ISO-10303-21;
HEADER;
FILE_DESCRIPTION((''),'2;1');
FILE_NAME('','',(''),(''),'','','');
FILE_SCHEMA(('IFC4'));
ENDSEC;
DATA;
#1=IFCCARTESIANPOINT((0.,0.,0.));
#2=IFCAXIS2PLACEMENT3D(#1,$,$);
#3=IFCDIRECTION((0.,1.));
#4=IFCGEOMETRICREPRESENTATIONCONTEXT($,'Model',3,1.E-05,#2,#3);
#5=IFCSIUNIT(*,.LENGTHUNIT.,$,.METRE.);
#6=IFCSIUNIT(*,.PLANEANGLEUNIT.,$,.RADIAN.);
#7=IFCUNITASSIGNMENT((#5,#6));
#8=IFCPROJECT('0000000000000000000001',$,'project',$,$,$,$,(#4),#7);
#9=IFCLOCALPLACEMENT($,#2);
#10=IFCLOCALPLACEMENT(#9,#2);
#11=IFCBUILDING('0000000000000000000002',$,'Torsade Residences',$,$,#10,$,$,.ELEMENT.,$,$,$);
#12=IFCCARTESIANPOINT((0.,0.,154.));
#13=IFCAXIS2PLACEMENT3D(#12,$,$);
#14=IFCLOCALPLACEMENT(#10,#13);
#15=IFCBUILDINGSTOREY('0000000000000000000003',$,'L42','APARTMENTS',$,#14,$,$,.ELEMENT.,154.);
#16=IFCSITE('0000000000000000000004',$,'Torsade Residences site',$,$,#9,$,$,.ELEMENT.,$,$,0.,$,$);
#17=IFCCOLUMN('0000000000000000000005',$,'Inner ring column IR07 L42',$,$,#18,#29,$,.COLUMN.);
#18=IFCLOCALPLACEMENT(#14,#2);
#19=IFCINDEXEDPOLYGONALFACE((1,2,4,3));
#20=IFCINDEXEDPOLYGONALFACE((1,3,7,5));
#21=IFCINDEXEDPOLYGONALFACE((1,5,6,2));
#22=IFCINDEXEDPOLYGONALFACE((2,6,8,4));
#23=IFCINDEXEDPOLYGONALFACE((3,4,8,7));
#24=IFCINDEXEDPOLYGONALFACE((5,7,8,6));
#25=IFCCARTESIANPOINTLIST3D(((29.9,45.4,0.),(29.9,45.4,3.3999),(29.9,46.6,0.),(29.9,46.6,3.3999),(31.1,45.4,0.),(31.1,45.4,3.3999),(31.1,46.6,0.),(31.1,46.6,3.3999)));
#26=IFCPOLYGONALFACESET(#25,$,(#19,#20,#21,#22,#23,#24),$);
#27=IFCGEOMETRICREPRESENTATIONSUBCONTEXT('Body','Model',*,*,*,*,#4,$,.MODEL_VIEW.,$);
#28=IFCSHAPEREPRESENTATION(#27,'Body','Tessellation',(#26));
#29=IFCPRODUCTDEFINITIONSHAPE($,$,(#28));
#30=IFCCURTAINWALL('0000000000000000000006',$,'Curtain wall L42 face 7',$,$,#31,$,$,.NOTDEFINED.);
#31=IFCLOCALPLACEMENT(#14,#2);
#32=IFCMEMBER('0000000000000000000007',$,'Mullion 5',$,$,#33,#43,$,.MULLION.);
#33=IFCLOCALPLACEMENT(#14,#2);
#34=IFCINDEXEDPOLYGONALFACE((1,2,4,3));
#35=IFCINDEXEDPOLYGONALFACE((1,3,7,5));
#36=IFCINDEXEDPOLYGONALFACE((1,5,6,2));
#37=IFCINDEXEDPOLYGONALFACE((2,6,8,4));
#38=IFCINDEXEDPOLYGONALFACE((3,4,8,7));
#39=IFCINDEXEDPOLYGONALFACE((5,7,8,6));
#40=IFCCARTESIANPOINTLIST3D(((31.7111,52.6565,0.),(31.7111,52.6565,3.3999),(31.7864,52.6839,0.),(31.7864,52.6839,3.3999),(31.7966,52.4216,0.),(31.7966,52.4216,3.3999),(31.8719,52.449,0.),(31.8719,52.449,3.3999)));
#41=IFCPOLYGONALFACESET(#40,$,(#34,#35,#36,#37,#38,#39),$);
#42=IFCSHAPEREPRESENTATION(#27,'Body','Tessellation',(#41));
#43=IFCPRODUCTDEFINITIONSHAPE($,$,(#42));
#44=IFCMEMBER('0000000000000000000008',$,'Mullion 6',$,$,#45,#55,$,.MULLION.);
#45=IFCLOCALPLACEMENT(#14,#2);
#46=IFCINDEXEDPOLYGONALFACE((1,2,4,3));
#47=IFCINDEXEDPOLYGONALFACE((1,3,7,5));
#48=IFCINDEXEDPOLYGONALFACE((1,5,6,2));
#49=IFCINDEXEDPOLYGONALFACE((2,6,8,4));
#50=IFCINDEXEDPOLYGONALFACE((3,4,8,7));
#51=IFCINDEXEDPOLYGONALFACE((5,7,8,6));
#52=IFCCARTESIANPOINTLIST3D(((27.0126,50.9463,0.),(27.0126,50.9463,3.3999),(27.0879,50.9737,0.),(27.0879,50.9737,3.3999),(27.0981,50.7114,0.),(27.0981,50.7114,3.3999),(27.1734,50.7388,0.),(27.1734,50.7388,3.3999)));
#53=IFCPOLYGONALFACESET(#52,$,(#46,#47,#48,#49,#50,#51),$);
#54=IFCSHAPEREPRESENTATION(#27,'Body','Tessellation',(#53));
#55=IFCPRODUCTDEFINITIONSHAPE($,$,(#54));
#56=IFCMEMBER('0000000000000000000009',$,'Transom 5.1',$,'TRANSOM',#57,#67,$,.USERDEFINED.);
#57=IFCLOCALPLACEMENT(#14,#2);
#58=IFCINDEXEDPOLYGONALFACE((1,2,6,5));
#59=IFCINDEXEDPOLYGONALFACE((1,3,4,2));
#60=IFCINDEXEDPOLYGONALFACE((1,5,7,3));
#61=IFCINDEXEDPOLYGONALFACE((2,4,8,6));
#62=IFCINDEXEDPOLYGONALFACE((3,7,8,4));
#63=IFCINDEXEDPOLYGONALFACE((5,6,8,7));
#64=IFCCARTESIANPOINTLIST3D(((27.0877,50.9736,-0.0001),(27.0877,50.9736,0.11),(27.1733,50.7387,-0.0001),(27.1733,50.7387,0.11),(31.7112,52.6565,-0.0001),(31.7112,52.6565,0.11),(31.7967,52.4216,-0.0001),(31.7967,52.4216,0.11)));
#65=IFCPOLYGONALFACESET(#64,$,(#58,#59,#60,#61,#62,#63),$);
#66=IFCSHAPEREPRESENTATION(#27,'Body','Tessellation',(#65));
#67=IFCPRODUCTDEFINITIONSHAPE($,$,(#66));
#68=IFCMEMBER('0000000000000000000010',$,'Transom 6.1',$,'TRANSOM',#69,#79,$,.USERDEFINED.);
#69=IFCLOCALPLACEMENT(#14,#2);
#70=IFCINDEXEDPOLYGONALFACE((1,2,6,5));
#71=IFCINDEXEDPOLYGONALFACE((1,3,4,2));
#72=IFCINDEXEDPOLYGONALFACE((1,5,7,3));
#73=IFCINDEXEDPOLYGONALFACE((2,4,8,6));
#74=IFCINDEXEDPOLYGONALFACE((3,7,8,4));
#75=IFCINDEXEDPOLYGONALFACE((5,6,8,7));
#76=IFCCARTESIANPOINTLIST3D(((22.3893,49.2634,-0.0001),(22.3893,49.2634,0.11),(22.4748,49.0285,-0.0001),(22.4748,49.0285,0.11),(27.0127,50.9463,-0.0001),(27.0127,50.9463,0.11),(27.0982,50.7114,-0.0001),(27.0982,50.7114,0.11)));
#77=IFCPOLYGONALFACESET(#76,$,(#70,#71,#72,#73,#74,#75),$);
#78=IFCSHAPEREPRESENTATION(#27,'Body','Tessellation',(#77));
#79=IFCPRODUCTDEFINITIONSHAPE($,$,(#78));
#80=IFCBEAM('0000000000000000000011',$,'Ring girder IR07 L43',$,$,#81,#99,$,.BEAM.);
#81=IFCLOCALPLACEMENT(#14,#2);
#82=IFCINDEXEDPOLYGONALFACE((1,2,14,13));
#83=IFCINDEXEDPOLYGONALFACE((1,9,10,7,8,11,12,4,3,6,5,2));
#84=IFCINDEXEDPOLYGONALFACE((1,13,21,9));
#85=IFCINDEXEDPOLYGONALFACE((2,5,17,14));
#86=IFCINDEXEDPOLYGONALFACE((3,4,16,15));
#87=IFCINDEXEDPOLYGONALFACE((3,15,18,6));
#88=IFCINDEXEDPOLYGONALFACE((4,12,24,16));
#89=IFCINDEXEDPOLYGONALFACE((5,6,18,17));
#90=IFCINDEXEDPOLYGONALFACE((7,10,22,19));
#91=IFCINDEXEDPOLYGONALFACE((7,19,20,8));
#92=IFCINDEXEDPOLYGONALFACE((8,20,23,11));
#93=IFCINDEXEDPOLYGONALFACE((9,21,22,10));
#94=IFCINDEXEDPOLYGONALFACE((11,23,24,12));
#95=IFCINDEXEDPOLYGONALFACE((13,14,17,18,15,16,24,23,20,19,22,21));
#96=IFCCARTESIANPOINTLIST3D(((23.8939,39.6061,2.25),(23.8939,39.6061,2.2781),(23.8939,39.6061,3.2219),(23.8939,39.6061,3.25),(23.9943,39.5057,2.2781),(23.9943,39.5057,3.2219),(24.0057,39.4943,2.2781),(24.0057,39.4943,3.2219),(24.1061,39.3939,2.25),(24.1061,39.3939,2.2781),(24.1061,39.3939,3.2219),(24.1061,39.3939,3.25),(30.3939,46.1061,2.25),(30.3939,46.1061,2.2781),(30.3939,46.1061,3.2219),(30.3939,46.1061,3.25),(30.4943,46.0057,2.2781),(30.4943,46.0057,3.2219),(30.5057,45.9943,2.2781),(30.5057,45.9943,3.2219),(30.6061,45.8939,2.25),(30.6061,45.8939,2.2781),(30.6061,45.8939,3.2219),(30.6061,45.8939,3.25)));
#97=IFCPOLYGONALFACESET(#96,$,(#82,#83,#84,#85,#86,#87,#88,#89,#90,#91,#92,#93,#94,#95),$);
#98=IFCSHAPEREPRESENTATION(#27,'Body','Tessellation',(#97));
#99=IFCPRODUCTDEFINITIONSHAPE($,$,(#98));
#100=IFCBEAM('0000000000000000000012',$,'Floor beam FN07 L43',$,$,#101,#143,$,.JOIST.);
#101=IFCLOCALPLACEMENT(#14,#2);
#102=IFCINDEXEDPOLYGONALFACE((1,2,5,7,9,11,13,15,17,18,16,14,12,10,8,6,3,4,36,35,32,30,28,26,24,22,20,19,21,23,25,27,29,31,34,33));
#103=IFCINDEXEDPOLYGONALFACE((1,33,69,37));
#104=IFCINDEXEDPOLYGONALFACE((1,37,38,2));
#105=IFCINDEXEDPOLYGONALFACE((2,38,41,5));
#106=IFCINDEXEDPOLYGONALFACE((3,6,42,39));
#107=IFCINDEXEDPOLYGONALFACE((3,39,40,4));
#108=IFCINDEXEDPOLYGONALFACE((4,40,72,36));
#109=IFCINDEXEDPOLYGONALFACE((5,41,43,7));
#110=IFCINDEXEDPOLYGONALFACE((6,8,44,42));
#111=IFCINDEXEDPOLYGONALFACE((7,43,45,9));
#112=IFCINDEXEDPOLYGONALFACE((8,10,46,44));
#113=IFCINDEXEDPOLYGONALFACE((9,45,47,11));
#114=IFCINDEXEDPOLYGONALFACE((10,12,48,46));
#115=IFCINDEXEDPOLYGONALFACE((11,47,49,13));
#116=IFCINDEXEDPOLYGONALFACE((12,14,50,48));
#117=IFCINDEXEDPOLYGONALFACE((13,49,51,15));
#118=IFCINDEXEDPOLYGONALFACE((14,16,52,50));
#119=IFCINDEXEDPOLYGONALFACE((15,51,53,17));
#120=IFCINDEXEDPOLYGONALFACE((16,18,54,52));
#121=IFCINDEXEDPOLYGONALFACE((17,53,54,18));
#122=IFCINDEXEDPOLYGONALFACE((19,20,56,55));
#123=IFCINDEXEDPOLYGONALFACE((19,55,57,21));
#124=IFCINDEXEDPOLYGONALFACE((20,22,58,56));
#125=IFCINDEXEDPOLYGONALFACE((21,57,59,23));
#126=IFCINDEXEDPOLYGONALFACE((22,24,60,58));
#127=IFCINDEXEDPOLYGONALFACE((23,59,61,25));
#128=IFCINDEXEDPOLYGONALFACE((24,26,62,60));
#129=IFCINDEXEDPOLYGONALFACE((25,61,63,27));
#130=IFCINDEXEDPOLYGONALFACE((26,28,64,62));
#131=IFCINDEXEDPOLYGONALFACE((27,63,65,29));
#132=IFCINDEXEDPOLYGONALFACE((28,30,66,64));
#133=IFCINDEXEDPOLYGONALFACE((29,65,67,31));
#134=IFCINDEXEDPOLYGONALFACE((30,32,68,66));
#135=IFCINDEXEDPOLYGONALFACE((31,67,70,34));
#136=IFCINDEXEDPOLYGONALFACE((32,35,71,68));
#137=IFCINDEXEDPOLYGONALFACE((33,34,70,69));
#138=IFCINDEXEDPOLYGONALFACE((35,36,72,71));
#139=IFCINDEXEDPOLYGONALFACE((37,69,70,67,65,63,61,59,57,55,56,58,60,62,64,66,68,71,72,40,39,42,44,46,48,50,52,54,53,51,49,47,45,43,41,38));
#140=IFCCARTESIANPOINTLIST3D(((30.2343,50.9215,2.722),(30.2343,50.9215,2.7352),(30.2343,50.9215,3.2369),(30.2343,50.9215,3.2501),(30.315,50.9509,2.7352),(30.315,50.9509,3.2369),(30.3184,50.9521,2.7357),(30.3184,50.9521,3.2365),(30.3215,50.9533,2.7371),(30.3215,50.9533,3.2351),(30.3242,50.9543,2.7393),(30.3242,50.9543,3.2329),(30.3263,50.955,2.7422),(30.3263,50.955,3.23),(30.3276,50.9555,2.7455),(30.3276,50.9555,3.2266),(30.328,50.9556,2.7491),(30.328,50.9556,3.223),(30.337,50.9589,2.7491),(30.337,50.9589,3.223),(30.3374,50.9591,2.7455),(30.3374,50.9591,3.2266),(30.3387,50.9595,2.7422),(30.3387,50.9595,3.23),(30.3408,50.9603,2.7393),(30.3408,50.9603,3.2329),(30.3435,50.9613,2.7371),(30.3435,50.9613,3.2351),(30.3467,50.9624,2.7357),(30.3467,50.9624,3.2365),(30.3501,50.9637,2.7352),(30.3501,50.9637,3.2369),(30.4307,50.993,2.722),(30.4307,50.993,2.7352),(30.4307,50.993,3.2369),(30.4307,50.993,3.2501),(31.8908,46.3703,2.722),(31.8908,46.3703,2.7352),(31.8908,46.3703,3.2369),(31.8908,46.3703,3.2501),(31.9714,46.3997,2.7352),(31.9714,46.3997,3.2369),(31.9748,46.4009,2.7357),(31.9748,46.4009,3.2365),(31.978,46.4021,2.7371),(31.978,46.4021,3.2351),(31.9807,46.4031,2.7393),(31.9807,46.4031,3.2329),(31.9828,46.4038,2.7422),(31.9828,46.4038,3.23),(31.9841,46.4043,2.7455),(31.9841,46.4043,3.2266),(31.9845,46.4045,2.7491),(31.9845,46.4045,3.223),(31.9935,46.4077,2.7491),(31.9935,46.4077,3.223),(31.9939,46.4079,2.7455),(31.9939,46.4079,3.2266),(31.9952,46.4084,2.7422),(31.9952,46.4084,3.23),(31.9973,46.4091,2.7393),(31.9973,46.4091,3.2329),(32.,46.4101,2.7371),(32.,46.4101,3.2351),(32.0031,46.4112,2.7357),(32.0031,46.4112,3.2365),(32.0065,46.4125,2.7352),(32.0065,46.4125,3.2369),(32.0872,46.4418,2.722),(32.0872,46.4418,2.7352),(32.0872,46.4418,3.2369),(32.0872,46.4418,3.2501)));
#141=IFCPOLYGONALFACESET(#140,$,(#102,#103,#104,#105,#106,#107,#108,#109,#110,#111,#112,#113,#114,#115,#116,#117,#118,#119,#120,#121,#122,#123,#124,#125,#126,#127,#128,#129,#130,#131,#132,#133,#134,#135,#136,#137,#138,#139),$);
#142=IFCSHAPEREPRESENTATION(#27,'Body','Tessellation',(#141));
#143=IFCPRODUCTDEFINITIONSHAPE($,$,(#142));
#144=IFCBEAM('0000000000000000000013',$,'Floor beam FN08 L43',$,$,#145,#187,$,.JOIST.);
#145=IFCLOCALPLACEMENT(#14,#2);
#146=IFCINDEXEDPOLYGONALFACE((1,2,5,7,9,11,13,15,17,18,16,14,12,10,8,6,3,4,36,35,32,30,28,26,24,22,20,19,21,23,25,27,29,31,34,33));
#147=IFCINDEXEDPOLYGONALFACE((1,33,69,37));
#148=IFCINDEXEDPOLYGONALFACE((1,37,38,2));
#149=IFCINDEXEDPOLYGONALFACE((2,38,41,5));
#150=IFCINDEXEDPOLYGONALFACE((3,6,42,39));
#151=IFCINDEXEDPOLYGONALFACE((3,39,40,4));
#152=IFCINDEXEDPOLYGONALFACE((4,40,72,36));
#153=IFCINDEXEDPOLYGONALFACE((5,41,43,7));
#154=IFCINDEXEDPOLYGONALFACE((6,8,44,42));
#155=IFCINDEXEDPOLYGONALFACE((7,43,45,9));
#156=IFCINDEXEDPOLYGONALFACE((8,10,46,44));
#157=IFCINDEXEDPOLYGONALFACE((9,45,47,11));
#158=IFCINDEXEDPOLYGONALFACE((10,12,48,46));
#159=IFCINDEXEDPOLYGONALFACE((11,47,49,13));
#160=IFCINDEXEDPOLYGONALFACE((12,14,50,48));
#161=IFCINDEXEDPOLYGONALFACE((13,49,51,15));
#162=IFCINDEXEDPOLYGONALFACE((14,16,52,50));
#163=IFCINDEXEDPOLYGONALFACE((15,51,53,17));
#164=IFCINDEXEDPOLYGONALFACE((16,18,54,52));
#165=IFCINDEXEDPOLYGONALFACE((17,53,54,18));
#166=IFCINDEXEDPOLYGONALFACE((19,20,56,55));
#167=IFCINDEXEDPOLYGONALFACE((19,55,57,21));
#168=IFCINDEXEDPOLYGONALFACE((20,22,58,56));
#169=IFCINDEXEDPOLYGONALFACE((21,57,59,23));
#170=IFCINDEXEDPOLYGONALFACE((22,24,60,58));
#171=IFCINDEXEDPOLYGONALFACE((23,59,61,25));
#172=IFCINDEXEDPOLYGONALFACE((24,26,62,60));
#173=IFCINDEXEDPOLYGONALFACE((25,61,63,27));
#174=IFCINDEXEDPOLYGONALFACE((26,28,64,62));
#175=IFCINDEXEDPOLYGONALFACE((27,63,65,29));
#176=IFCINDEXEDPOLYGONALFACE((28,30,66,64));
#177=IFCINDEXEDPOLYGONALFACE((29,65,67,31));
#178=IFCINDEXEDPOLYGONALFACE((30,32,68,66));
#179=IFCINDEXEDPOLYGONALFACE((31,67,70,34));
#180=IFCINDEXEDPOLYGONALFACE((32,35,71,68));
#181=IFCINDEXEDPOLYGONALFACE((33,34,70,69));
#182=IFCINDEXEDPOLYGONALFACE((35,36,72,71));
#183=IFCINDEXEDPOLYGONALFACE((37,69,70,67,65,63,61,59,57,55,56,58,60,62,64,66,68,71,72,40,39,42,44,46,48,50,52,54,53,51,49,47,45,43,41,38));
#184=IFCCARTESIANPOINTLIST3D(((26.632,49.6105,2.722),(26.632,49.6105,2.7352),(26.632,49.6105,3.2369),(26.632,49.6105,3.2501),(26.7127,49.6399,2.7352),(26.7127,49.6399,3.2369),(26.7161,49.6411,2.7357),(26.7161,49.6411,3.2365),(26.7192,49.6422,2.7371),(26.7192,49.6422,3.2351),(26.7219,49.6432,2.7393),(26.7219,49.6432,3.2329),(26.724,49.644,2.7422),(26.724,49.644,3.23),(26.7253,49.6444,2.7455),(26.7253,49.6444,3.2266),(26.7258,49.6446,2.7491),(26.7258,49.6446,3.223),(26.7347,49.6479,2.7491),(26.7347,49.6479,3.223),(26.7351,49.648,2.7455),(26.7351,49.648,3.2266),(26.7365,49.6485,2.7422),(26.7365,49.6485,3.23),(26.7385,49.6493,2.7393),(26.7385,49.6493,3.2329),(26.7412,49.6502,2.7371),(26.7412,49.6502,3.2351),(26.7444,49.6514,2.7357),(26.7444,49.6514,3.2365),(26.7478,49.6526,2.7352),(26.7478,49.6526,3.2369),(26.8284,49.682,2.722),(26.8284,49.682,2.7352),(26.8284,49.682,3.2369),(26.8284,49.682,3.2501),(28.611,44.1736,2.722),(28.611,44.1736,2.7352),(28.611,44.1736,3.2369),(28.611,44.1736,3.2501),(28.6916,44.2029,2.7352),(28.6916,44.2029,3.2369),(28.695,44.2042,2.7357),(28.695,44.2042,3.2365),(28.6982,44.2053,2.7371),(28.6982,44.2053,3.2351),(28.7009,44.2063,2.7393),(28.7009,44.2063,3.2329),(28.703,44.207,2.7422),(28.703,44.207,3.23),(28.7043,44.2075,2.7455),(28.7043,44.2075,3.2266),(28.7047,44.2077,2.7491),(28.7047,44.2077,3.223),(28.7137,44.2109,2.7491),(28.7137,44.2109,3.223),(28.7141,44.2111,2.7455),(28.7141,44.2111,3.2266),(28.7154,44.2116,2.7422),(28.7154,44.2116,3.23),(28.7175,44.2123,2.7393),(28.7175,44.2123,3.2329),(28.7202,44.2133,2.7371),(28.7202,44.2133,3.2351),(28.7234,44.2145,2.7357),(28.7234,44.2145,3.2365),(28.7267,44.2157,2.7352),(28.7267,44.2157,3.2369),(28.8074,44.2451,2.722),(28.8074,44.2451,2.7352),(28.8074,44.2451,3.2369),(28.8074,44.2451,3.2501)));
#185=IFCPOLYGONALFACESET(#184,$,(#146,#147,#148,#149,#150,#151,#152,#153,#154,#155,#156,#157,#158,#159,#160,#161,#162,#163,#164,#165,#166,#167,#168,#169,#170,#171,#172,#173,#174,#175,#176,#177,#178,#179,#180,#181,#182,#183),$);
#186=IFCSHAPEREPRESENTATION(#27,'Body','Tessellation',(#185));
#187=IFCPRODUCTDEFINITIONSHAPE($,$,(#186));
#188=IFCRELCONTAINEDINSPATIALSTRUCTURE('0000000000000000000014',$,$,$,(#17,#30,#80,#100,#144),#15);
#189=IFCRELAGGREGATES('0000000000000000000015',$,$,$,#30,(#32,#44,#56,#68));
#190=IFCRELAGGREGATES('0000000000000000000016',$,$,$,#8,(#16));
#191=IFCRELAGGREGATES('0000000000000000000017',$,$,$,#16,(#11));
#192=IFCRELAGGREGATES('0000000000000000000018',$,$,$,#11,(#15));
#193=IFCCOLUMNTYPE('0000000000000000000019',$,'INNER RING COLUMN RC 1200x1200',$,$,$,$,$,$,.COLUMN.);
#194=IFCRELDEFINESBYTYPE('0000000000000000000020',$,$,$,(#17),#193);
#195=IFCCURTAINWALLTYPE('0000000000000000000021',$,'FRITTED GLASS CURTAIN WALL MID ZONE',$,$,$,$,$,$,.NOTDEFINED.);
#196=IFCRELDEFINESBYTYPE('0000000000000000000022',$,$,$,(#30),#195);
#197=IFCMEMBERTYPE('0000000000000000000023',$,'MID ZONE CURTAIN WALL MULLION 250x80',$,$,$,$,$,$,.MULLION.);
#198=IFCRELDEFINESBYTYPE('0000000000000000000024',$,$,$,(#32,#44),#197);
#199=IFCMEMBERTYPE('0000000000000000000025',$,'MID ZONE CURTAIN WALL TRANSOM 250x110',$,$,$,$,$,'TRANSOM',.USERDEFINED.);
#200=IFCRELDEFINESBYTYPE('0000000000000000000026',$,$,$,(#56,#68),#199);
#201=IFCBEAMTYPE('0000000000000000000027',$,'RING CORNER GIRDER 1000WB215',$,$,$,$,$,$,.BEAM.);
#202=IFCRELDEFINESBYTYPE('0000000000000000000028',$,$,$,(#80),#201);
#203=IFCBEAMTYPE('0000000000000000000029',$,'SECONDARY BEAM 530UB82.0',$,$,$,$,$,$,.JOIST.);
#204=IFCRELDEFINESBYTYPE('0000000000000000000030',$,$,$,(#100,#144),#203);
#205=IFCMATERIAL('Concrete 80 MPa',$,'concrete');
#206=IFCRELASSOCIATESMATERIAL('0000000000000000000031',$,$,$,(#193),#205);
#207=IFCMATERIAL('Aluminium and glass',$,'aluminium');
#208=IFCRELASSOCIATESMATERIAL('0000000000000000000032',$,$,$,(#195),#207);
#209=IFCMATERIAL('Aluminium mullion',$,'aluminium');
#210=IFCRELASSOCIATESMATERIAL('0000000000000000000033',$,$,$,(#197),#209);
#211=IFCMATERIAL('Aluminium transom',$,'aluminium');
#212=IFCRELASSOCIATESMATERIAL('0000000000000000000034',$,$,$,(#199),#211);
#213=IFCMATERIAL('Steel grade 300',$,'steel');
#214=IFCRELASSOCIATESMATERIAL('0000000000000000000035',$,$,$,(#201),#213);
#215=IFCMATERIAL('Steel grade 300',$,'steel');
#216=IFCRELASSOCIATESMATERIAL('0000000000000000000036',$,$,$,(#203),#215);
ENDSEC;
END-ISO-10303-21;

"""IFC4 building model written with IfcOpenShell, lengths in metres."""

from ifc_helpers import new_model, si_unit, direction, frame, origin, origin_2d, place, context, subcontext, project, spatial, rectangle, i_section, extrude, material, material_profile, profile_set, type_object, element, aggregate, save


model = new_model("IFC4")

# Units and contexts
model_context = context("Model", 3, precision=1e-05, world=origin(), true_north=direction((0.0, 1.0)))
body_context = subcontext(model_context, "Body", "Model", "MODEL_VIEW")
ifc_project = project(units=[si_unit("LENGTHUNIT", "METRE"), si_unit("PLANEANGLEUNIT", "RADIAN")], contexts=[model_context])

# Site, building, storey
site_placement = place(None, origin())
site = spatial("IfcSite", under=ifc_project, at=site_placement, Name="Torsade Residences site", CompositionType="ELEMENT", RefElevation=0.0)
building_placement = place(site_placement, origin())
building = spatial("IfcBuilding", under=site, at=building_placement, Name="Torsade Residences", CompositionType="ELEMENT")
storey_placement = place(building_placement, frame((0.0, 0.0, 154.0)))
storey = spatial("IfcBuildingStorey", under=building, at=storey_placement, Name="L42", Description="APARTMENTS", CompositionType="ELEMENT", Elevation=154.0)

# Column
ifc_material_1 = material(Name="Concrete 80 MPa", Category="concrete")
ifc_material_profile_1 = material_profile(ifc_material_1, rectangle(XDim=1.2, YDim=1.2, at=origin_2d()), Name="RC 1200x1200")
ifc_profile_set_1 = profile_set([ifc_material_profile_1], Name="Concrete 80 MPa")
column_type = type_object("IfcColumnType", Name="INNER RING COLUMN RC 1200x1200", PredefinedType="COLUMN", material=ifc_profile_set_1)
column_placement = place(storey_placement, frame((30.5, 46.0, 0.0), z_axis=(0.0, 0.0, 1.0), x_axis=(1.0, 0.0, 0.0)))
element("IfcColumn", 1, at=column_placement, inside=storey, type_object=column_type, Name="Inner ring column IR07 L42", PredefinedType="COLUMN", context=body_context, shape_type="SweptSolid", body=[
    extrude(rectangle(XDim=1.2, YDim=1.2, at=origin_2d()), origin(), (0.0, 0.0, 1.0), 3.3999),
])

# Curtain wall, members
ifc_material_2 = material(Name="Aluminium and glass", Category="aluminium")
curtain_wall_type = type_object("IfcCurtainWallType", Name="FRITTED GLASS CURTAIN WALL MID ZONE", PredefinedType="NOTDEFINED", material=ifc_material_2)
curtain_wall_placement = place(storey_placement, origin())
curtain_wall = element("IfcCurtainWall", 2, at=curtain_wall_placement, inside=storey, type_object=curtain_wall_type, Name="Curtain wall L42 face 7", PredefinedType="NOTDEFINED")
ifc_material_3 = material(Name="Aluminium mullion", Category="aluminium")
ifc_material_profile_2 = material_profile(ifc_material_3, rectangle(XDim=0.25, YDim=0.0801, at=origin_2d()), Name="MID ZONE CURTAIN WALL MULLION 250x80")
ifc_profile_set_2 = profile_set([ifc_material_profile_2], Name="Aluminium mullion")
member_type_1 = type_object("IfcMemberType", Name="MID ZONE CURTAIN WALL MULLION 250x80", PredefinedType="MULLION", material=ifc_profile_set_2)
member_1_placement = place(storey_placement, frame((31.7915, 52.5527, 0.0), z_axis=(0.0, 0.0, 1.0), x_axis=(0.34202, -0.939693, 0.0)))
member_1 = element("IfcMember", 3, at=member_1_placement, type_object=member_type_1, Name="Mullion 5", PredefinedType="MULLION", context=body_context, shape_type="SweptSolid", body=[
    extrude(rectangle(XDim=0.25, YDim=0.0801, at=origin_2d()), origin(), (0.0, 0.0, 1.0), 3.3999),
])
member_2_placement = place(storey_placement, frame((27.093, 50.8425, 0.0), z_axis=(0.0, 0.0, 1.0), x_axis=(0.34202, -0.939693, 0.0)))
member_2 = element("IfcMember", 4, at=member_2_placement, type_object=member_type_1, Name="Mullion 6", PredefinedType="MULLION", context=body_context, shape_type="SweptSolid", body=[
    extrude(rectangle(XDim=0.25, YDim=0.0801, at=origin_2d()), origin(), (0.0, 0.0, 1.0), 3.3999),
])
ifc_material_4 = material(Name="Aluminium transom", Category="aluminium")
ifc_material_profile_3 = material_profile(ifc_material_4, rectangle(XDim=0.25, YDim=0.1101, at=origin_2d()), Name="MID ZONE CURTAIN WALL TRANSOM 250x110")
ifc_profile_set_3 = profile_set([ifc_material_profile_3], Name="Aluminium transom")
member_type_2 = type_object("IfcMemberType", Name="MID ZONE CURTAIN WALL TRANSOM 250x110", ElementType="TRANSOM", PredefinedType="USERDEFINED", material=ifc_profile_set_3)
member_3_placement = place(storey_placement, frame((31.7539, 52.5391, 0.0549), z_axis=(-0.939685, -0.342042, 0.0), x_axis=(0.342042, -0.939685, 0.0)))
member_3 = element("IfcMember", 5, at=member_3_placement, type_object=member_type_2, Name="Transom 5.1", ObjectType="TRANSOM", PredefinedType="USERDEFINED", context=body_context, shape_type="SweptSolid", body=[
    extrude(rectangle(XDim=0.25, YDim=0.1101, at=origin_2d()), origin(), (0.0, 0.0, 1.0), 4.9202),
])
member_4_placement = place(storey_placement, frame((27.0554, 50.8289, 0.0549), z_axis=(-0.939685, -0.342042, 0.0), x_axis=(0.342042, -0.939685, 0.0)))
member_4 = element("IfcMember", 6, at=member_4_placement, type_object=member_type_2, Name="Transom 6.1", ObjectType="TRANSOM", PredefinedType="USERDEFINED", context=body_context, shape_type="SweptSolid", body=[
    extrude(rectangle(XDim=0.25, YDim=0.1101, at=origin_2d()), origin(), (0.0, 0.0, 1.0), 4.9202),
])

# Beams
ifc_material_5 = material(Name="Steel grade 300", Category="steel")
ifc_material_profile_4 = material_profile(ifc_material_5, i_section(OverallWidth=0.3, OverallDepth=1.0, WebThickness=0.0161, FlangeThickness=0.0281, at=origin_2d()), Name="1000WB215")
ifc_profile_set_4 = profile_set([ifc_material_profile_4], Name="Steel grade 300")
beam_type_1 = type_object("IfcBeamType", Name="RING CORNER GIRDER 1000WB215", PredefinedType="BEAM", material=ifc_profile_set_4)
beam_1_placement = place(storey_placement, frame((30.5, 46.0, 2.75), z_axis=(-0.707107, -0.707107, 0.0), x_axis=(0.707107, -0.707107, 0.0)))
element("IfcBeam", 7, at=beam_1_placement, inside=storey, type_object=beam_type_1, Name="Ring girder IR07 L43", PredefinedType="BEAM", context=body_context, shape_type="SweptSolid", body=[
    extrude(i_section(OverallWidth=0.3, OverallDepth=1.0, WebThickness=0.0161, FlangeThickness=0.0281, at=origin_2d()), origin(), (0.0, 0.0, 1.0), 9.1924),
])
ifc_material_6 = material(Name="Steel grade 300", Category="steel")
ifc_material_profile_5 = material_profile(ifc_material_6, i_section(OverallWidth=0.209, OverallDepth=0.5281, WebThickness=0.0095, FlangeThickness=0.0132, FilletRadius=0.0139, at=origin_2d()), Name="530UB82.0")
ifc_profile_set_5 = profile_set([ifc_material_profile_5], Name="Steel grade 300")
beam_type_2 = type_object("IfcBeamType", Name="SECONDARY BEAM 530UB82.0", PredefinedType="JOIST", material=ifc_profile_set_5)
beam_2_placement = place(storey_placement, frame((30.3325, 50.9573, 2.9861), z_axis=(0.342014, -0.939695, 0.0), x_axis=(0.939695, 0.342014, 0.0)))
element("IfcBeam", 8, at=beam_2_placement, inside=storey, type_object=beam_type_2, Name="Floor beam FN07 L43", PredefinedType="JOIST", context=body_context, shape_type="SweptSolid", body=[
    extrude(i_section(OverallWidth=0.209, OverallDepth=0.5281, WebThickness=0.0095, FlangeThickness=0.0132, FilletRadius=0.0139, at=origin_2d()), origin(), (0.0, 0.0, 1.0), 4.8433),
])
beam_3_placement = place(storey_placement, frame((26.7302, 49.6462, 2.9861), z_axis=(0.342034, -0.939687, 0.0), x_axis=(0.939687, 0.342034, 0.0)))
element("IfcBeam", 9, at=beam_3_placement, inside=storey, type_object=beam_type_2, Name="Floor beam FN08 L43", PredefinedType="JOIST", context=body_context, shape_type="SweptSolid", body=[
    extrude(i_section(OverallWidth=0.209, OverallDepth=0.5281, WebThickness=0.0095, FlangeThickness=0.0132, FilletRadius=0.0139, at=origin_2d()), origin(), (0.0, 0.0, 1.0), 5.7859),
])

aggregate(curtain_wall, [member_1, member_2, member_3, member_4])

save(model, "model.ifc")
